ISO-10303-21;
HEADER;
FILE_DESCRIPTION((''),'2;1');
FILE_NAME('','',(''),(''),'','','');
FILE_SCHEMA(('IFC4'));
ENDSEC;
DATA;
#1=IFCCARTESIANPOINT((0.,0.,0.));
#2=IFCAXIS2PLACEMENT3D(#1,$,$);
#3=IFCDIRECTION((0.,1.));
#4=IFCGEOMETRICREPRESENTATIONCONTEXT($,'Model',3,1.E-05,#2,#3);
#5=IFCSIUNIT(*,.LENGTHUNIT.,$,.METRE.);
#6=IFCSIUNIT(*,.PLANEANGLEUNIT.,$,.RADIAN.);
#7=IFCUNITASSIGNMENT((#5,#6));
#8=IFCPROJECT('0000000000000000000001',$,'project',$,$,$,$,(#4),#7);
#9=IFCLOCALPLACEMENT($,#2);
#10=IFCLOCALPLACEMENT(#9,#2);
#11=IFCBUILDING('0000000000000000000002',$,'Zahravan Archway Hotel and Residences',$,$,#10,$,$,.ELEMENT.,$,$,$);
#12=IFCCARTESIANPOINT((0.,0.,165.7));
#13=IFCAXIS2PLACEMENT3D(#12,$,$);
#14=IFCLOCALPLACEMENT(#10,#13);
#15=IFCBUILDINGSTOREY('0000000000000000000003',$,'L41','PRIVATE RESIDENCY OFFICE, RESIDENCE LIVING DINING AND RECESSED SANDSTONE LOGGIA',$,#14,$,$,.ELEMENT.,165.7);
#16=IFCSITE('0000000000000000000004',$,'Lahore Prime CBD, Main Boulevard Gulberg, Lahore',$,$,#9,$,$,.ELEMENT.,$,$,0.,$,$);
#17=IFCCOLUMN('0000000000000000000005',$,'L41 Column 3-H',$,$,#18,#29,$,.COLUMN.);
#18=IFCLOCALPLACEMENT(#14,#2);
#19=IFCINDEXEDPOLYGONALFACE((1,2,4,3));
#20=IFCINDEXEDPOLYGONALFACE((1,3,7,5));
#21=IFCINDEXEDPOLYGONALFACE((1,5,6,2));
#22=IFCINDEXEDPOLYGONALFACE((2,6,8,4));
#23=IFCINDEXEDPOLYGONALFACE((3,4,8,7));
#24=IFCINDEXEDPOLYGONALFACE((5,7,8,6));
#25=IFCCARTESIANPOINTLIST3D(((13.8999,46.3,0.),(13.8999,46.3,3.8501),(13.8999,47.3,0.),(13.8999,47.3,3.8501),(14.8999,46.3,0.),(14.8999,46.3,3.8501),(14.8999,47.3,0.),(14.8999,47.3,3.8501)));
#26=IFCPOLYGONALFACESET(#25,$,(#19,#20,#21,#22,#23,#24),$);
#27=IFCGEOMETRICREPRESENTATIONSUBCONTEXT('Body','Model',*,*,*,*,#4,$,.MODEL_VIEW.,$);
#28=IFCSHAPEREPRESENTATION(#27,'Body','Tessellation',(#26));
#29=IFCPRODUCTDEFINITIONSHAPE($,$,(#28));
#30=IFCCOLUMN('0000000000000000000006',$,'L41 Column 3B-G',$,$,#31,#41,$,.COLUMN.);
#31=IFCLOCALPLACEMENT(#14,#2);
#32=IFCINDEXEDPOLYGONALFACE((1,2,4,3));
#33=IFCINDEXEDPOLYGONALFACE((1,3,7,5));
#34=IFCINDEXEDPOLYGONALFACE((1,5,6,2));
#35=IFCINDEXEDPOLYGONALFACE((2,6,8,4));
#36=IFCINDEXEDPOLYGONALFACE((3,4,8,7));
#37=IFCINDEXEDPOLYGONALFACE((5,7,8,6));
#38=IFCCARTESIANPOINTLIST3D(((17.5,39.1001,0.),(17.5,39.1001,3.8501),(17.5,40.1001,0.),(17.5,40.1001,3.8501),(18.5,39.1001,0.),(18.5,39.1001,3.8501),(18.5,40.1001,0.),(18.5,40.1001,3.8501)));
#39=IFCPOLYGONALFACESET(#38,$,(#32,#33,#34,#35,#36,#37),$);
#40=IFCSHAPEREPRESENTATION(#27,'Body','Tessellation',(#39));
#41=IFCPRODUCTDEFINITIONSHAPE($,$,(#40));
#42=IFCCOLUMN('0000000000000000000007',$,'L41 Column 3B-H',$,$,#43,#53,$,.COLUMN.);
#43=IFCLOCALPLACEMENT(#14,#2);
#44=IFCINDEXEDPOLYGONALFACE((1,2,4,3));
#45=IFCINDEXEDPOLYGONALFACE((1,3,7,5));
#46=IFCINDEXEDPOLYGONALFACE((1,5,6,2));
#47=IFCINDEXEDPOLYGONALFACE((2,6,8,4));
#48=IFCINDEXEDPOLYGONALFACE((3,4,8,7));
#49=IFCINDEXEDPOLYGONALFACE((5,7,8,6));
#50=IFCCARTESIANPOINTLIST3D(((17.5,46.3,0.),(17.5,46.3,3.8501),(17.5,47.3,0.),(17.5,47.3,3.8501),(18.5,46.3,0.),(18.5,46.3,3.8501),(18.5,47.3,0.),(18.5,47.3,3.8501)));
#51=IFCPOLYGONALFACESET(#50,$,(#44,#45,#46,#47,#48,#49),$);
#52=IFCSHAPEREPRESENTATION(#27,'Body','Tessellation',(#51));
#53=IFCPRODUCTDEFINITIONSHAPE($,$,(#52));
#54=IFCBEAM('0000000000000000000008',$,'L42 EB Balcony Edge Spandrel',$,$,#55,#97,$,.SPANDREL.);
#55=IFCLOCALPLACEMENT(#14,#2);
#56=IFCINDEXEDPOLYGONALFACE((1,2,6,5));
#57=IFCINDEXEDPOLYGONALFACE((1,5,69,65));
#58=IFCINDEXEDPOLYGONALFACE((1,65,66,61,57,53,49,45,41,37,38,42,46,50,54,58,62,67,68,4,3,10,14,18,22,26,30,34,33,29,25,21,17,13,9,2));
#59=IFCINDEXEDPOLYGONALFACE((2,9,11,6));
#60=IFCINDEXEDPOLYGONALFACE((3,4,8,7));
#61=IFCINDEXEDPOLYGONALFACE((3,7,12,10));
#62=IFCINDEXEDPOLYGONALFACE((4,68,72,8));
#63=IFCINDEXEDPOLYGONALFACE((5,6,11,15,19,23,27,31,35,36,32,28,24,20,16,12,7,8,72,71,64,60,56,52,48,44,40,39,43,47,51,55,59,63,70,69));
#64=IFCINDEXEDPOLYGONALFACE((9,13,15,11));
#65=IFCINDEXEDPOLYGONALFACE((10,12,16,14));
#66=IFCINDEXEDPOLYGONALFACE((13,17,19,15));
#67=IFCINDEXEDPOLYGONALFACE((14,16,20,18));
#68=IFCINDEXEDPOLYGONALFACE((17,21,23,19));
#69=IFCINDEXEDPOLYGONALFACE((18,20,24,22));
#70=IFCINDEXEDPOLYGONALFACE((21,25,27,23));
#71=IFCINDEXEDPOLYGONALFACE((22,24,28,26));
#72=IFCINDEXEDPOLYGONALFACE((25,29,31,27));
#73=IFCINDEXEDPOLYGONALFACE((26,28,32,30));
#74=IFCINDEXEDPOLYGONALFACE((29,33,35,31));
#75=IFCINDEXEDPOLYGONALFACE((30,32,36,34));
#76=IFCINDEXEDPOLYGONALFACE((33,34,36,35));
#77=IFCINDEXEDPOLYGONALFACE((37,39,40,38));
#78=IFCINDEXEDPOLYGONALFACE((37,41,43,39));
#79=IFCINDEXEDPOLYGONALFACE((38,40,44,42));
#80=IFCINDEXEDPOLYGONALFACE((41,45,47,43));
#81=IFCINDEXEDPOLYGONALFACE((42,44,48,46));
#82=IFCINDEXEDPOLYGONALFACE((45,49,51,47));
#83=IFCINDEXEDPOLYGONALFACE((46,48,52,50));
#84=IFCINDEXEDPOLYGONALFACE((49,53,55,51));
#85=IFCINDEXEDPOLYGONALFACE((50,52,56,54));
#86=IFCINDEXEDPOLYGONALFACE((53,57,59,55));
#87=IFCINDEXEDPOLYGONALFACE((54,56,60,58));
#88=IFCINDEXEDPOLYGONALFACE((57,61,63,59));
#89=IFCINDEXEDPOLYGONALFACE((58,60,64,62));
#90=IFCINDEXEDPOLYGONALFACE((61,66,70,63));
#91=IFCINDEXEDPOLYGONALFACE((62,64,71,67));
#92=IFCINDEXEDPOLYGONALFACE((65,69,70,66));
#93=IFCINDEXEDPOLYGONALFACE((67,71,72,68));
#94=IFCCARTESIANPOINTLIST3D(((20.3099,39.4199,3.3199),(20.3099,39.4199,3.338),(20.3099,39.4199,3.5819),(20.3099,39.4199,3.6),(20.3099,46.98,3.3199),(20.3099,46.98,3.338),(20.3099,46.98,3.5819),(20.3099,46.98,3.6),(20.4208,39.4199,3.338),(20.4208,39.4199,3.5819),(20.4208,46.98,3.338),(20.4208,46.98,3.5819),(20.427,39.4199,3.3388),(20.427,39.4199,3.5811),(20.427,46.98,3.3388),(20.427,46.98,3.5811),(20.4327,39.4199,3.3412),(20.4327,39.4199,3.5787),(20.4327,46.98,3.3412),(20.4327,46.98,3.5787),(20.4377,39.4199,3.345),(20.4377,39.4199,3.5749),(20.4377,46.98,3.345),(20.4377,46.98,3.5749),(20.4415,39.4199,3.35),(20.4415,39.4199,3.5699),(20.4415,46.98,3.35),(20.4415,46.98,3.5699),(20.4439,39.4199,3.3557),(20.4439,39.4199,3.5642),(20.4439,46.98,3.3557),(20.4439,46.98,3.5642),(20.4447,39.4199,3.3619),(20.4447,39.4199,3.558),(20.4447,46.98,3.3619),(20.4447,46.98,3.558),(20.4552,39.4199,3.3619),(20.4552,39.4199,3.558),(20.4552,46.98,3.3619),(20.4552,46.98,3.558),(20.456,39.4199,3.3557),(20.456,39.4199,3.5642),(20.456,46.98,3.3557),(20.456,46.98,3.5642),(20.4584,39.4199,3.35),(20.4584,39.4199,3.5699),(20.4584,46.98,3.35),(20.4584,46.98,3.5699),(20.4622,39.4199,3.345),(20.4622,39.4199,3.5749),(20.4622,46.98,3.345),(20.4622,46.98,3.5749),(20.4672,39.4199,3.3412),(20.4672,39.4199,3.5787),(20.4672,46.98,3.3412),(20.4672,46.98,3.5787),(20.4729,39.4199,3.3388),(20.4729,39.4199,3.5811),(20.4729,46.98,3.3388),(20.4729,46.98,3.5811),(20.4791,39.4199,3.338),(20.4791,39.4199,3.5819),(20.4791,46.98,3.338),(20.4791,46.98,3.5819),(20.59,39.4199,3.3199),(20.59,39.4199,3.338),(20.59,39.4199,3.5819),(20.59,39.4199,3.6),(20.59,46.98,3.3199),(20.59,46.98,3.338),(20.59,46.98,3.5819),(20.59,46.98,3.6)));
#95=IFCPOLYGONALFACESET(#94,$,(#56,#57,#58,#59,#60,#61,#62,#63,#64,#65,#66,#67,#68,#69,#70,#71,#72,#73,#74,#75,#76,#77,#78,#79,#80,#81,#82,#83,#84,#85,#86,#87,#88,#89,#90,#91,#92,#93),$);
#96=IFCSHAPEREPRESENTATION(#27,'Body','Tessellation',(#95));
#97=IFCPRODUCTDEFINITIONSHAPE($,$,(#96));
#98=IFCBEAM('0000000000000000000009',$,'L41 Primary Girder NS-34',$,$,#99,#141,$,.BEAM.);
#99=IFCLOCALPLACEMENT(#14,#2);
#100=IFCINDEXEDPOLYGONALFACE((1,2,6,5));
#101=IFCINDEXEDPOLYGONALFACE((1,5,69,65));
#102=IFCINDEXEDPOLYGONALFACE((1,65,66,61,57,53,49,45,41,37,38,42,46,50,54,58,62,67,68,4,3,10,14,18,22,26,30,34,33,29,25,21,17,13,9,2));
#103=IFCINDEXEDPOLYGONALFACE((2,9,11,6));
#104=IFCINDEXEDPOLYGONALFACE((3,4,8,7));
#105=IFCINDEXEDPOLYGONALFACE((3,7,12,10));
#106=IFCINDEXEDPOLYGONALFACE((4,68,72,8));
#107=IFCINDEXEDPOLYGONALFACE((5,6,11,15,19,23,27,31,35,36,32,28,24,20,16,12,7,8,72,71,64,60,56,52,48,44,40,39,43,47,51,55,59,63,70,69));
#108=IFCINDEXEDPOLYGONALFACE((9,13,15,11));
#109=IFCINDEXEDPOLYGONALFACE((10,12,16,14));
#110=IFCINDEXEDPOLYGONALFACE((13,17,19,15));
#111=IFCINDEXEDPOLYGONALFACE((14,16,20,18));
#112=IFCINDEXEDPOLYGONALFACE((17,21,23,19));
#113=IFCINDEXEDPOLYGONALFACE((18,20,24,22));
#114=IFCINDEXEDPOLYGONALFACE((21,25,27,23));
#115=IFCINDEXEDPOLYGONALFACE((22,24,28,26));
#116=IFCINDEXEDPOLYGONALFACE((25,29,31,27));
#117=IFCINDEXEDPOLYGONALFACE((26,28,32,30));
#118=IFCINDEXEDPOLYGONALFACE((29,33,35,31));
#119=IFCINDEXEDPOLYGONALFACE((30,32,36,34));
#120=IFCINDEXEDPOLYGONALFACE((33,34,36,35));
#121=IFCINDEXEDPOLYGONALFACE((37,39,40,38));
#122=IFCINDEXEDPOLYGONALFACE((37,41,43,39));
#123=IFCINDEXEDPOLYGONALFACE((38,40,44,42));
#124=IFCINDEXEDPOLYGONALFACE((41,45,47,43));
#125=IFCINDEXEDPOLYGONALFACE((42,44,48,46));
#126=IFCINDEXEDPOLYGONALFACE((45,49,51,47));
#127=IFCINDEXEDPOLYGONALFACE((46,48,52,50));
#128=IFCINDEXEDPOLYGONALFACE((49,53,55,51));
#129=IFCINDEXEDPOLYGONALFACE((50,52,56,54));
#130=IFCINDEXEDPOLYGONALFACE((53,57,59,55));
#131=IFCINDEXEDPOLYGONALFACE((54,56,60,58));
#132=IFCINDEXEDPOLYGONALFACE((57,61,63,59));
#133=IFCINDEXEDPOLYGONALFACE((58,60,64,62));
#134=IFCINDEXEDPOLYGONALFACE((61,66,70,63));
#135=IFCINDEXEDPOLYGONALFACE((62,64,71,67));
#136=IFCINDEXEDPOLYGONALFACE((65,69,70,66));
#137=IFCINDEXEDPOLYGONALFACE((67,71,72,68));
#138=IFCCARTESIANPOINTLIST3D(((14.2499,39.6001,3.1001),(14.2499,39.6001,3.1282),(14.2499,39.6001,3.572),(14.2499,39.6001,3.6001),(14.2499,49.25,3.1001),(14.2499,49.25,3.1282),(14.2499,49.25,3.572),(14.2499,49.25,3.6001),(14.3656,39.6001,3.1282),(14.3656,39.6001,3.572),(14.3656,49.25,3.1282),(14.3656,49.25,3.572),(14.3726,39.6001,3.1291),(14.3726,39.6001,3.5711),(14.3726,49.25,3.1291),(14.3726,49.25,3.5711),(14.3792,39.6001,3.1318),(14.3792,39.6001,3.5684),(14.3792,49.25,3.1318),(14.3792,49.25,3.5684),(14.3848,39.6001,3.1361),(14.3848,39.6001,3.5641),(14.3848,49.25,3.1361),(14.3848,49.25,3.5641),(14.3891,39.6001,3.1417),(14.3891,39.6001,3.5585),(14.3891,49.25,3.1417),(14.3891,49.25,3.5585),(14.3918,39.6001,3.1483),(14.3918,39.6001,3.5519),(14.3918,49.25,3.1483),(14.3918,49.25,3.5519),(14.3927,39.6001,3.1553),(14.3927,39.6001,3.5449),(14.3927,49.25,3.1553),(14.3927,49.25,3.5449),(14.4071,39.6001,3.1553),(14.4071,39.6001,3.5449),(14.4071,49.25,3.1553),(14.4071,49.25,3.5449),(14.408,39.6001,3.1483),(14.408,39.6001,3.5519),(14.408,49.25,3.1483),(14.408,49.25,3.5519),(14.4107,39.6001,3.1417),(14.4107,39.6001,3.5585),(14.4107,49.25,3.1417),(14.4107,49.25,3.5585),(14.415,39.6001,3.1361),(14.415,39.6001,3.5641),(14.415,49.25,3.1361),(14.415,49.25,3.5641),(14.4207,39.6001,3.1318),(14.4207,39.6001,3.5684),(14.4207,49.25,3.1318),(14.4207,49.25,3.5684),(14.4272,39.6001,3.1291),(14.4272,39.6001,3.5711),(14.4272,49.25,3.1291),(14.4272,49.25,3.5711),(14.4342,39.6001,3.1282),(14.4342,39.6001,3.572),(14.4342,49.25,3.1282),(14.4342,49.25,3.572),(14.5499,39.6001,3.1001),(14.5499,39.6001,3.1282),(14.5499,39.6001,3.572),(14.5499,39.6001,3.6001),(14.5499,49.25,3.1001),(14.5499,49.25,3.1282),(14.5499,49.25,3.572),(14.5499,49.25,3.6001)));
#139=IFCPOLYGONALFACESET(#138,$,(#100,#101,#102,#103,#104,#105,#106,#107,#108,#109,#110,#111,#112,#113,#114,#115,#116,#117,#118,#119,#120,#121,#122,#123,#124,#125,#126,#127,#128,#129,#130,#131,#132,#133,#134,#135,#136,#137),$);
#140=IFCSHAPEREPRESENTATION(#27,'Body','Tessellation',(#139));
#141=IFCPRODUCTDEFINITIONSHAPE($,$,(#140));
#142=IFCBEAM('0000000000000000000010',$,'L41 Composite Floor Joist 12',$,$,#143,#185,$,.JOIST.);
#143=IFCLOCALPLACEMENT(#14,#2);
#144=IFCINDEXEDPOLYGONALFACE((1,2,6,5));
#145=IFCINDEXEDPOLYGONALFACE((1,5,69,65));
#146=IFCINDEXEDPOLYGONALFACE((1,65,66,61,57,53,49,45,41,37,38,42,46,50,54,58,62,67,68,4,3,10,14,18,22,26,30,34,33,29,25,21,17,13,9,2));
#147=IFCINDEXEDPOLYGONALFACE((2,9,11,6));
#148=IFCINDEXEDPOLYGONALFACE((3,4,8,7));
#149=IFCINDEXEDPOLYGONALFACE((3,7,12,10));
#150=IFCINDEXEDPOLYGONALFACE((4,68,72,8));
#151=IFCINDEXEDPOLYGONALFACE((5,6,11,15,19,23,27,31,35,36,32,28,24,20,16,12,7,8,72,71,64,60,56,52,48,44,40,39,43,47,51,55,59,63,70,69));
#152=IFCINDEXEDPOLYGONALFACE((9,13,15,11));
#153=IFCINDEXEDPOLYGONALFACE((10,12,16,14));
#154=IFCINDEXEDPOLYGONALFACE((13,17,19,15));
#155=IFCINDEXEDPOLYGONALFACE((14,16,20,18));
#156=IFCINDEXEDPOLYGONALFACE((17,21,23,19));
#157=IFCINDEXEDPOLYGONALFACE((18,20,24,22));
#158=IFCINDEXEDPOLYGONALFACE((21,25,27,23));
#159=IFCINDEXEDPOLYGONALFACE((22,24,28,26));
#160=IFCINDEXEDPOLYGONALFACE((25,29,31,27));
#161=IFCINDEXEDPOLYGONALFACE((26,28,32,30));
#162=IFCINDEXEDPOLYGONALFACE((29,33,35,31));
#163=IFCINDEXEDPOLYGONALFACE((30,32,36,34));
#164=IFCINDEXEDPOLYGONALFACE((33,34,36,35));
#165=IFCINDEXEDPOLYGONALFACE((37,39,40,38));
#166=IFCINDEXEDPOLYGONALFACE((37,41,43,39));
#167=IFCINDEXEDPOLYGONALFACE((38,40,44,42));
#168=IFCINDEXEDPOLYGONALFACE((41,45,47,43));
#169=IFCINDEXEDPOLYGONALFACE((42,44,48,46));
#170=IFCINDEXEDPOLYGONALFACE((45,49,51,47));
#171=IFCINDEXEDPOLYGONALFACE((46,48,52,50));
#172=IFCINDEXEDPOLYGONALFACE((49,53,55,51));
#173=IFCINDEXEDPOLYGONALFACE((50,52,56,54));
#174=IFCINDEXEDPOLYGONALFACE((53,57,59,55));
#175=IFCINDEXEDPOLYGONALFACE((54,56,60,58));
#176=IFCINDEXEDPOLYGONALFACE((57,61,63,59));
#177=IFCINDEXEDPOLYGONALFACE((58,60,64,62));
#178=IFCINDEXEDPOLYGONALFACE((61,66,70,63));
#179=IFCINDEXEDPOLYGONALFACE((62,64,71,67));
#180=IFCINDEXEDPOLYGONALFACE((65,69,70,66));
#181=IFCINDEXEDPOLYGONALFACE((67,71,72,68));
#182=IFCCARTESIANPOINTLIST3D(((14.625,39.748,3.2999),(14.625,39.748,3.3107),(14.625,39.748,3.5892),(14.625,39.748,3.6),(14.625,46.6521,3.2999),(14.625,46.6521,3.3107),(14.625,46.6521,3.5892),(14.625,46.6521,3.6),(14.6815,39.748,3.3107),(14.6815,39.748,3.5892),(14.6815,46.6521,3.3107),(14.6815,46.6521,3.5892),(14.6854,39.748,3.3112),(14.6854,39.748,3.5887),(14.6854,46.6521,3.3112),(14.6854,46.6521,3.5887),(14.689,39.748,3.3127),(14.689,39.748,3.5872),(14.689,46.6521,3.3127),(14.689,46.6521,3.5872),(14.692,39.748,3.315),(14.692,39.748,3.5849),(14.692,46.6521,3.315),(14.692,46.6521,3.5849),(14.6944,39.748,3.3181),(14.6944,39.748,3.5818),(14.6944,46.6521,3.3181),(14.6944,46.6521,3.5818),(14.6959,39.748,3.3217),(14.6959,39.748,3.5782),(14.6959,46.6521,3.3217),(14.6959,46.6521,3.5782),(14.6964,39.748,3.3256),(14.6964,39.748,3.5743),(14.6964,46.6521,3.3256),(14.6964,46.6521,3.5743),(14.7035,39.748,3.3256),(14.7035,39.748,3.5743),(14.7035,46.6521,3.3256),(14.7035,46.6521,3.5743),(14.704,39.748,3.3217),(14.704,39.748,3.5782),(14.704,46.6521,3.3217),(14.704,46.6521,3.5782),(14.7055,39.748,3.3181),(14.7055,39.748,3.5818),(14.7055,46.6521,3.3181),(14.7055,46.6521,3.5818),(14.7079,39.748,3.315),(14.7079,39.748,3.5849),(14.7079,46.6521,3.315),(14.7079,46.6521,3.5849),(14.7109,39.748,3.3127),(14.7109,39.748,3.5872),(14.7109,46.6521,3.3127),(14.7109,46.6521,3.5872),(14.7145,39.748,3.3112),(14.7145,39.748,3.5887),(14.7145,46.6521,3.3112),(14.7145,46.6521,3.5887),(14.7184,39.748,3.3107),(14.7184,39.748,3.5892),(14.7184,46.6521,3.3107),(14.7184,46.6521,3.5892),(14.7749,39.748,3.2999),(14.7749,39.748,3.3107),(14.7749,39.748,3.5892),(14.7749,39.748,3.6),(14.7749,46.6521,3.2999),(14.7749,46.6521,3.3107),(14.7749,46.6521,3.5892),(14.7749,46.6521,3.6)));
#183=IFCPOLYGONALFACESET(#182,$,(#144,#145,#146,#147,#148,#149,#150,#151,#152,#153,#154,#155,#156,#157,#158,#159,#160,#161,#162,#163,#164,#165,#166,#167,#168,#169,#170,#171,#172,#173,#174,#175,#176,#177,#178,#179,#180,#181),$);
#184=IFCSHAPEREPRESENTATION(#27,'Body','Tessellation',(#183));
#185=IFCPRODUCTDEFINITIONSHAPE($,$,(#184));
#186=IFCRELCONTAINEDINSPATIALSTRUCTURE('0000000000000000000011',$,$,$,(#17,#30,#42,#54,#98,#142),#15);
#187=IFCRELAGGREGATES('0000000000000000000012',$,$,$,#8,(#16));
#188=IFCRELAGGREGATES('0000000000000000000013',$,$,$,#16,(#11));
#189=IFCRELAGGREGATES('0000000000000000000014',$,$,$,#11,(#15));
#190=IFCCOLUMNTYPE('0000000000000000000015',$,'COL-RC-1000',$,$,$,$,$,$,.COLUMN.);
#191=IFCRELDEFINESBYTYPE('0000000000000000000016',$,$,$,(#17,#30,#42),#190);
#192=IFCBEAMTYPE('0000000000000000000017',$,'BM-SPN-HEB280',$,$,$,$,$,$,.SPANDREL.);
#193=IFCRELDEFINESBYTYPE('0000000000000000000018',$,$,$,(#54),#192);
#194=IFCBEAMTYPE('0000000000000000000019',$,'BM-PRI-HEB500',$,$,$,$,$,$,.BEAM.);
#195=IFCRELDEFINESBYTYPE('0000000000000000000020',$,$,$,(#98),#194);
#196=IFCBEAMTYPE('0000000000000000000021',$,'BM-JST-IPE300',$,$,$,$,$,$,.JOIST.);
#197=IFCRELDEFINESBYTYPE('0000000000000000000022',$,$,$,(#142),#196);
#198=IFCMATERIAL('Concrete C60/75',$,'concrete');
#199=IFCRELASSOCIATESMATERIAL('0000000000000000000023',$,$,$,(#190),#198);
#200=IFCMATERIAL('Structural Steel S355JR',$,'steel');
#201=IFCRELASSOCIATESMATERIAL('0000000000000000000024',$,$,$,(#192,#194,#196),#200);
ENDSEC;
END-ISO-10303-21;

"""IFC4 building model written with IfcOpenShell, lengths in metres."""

from ifc_helpers import new_model, si_unit, direction, frame, origin, origin_2d, place, context, subcontext, project, spatial, rectangle, i_section, extrude, source, transform, mapped, material, material_profile, profile_set, type_object, type_shapes, element, save


model = new_model("IFC4")

# Units and contexts
model_context = context("Model", 3, precision=1e-05, world=origin(), true_north=direction((0.0, 1.0)))
body_context = subcontext(model_context, "Body", "Model", "MODEL_VIEW")
ifc_project = project(units=[si_unit("LENGTHUNIT", "METRE"), si_unit("PLANEANGLEUNIT", "RADIAN")], contexts=[model_context])

# Site, building, storey
site_placement = place(None, origin())
site = spatial("IfcSite", under=ifc_project, at=site_placement, Name="Lahore Prime CBD, Main Boulevard Gulberg, Lahore", CompositionType="ELEMENT", RefElevation=0.0)
building_placement = place(site_placement, origin())
building = spatial("IfcBuilding", under=site, at=building_placement, Name="Zahravan Archway Hotel and Residences", CompositionType="ELEMENT")
storey_placement = place(building_placement, frame((0.0, 0.0, 165.7)))
storey = spatial("IfcBuildingStorey", under=building, at=storey_placement, Name="L41", Description="PRIVATE RESIDENCY OFFICE, RESIDENCE LIVING DINING AND RECESSED SANDSTONE LOGGIA", CompositionType="ELEMENT", Elevation=165.7)

# Columns
ifc_material_1 = material(Name="Concrete C60/75", Category="concrete")
ifc_material_profile_1 = material_profile(ifc_material_1, rectangle(XDim=1.0, YDim=1.0, at=origin_2d()), Name="RC-COL-1000x1000", Category="concrete")
ifc_profile_set_1 = profile_set([ifc_material_profile_1], Name="Concrete C60/75")
column_type = type_object("IfcColumnType", Name="COL-RC-1000", PredefinedType="COLUMN", material=ifc_profile_set_1)
shared_shape_1 = source(origin(), body_context, "Body", "SweptSolid", [
    extrude(rectangle(XDim=1.0, YDim=1.0, at=origin_2d()), origin(), (0.0, 0.0, 1.0), 3.8501),
])
for number, where, z_axis, x_axis, name in (
    (1, (14.3999, 46.8, 0.0), (0.0, 0.0, 1.0), (1.0, 0.0, 0.0), "L41 Column 3-H"),
    (2, (18.0, 39.6001, 0.0), (0.0, 0.0, 1.0), (1.0, 0.0, 0.0), "L41 Column 3B-G"),
    (3, (18.0, 46.8, 0.0), (0.0, 0.0, 1.0), (1.0, 0.0, 0.0), "L41 Column 3B-H"),
):
    element("IfcColumn", number, at=place(storey_placement, frame(where, z_axis=z_axis, x_axis=x_axis)), inside=storey, type_object=column_type, Name=name, PredefinedType="COLUMN", context=body_context, shape_type="MappedRepresentation", body=[
        mapped(shared_shape_1, transform((0.0, 0.0, 0.0), scale=1.0)),
    ])

# Beams
ifc_material_2 = material(Name="Structural Steel S355JR", Category="steel")
ifc_material_profile_2 = material_profile(ifc_material_2, i_section(OverallWidth=0.28, OverallDepth=0.28, WebThickness=0.0105, FlangeThickness=0.0181, FilletRadius=0.0239, at=origin_2d()), Name="HEB 280", Category="steel")
ifc_profile_set_2 = profile_set([ifc_material_profile_2], Name="Structural Steel S355JR")
beam_type_1 = type_object("IfcBeamType", Name="BM-SPN-HEB280", PredefinedType="SPANDREL", material=ifc_profile_set_2)
shared_shape_2 = source(origin(), body_context, "Body", "SweptSolid", [
    extrude(i_section(OverallWidth=0.28, OverallDepth=0.28, WebThickness=0.0105, FlangeThickness=0.0181, FilletRadius=0.0239, at=origin_2d()), origin(), (0.0, 0.0, 1.0), 7.5601),
])
type_shapes(beam_type_1, [shared_shape_2])
beam_1_placement = place(storey_placement, frame((20.45, 39.4199, 3.46), z_axis=(0.0, 1.0, 0.0), x_axis=(-1.0, 0.0, 0.0)))
element("IfcBeam", 4, at=beam_1_placement, inside=storey, type_object=beam_type_1, Name="L42 EB Balcony Edge Spandrel", PredefinedType="SPANDREL", context=body_context, shape_type="MappedRepresentation", body=[
    mapped(shared_shape_2, transform((0.0, 0.0, 0.0), scale=1.0)),
])
ifc_material_profile_3 = material_profile(ifc_material_2, i_section(OverallWidth=0.3, OverallDepth=0.5, WebThickness=0.0144, FlangeThickness=0.0281, FilletRadius=0.0271, at=origin_2d()), Name="HEB 500", Category="steel")
ifc_profile_set_3 = profile_set([ifc_material_profile_3], Name="Structural Steel S355JR")
beam_type_2 = type_object("IfcBeamType", Name="BM-PRI-HEB500", PredefinedType="BEAM", material=ifc_profile_set_3)
shared_shape_3 = source(origin(), body_context, "Body", "SweptSolid", [
    extrude(i_section(OverallWidth=0.3, OverallDepth=0.5, WebThickness=0.0144, FlangeThickness=0.0281, FilletRadius=0.0271, at=origin_2d()), origin(), (0.0, 0.0, 1.0), 9.6499),
])
beam_2_placement = place(storey_placement, frame((14.3999, 39.6001, 3.3501), z_axis=(0.0, 1.0, 0.0), x_axis=(-1.0, 0.0, 0.0)))
element("IfcBeam", 5, at=beam_2_placement, inside=storey, type_object=beam_type_2, Name="L41 Primary Girder NS-34", PredefinedType="BEAM", context=body_context, shape_type="MappedRepresentation", body=[
    mapped(shared_shape_3, transform((0.0, 0.0, 0.0), scale=1.0)),
])
ifc_material_profile_4 = material_profile(ifc_material_2, i_section(OverallWidth=0.1499, OverallDepth=0.3, WebThickness=0.0071, FlangeThickness=0.0107, FilletRadius=0.0149, at=origin_2d()), Name="IPE 300", Category="steel")
ifc_profile_set_4 = profile_set([ifc_material_profile_4], Name="Structural Steel S355JR")
beam_type_3 = type_object("IfcBeamType", Name="BM-JST-IPE300", PredefinedType="JOIST", material=ifc_profile_set_4)
shared_shape_4 = source(origin(), body_context, "Body", "SweptSolid", [
    extrude(i_section(OverallWidth=0.1499, OverallDepth=0.3, WebThickness=0.0071, FlangeThickness=0.0107, FilletRadius=0.0149, at=origin_2d()), origin(), (0.0, 0.0, 1.0), 6.9041),
])
type_shapes(beam_type_3, [shared_shape_4])
beam_3_placement = place(storey_placement, frame((14.7, 39.748, 3.45), z_axis=(0.0, 1.0, 0.0), x_axis=(-1.0, 0.0, 0.0)))
element("IfcBeam", 6, at=beam_3_placement, inside=storey, type_object=beam_type_3, Name="L41 Composite Floor Joist 12", PredefinedType="JOIST", context=body_context, shape_type="MappedRepresentation", body=[
    mapped(shared_shape_4, transform((0.0, 0.0, 0.0), scale=1.0)),
])

save(model, "model.ifc")
